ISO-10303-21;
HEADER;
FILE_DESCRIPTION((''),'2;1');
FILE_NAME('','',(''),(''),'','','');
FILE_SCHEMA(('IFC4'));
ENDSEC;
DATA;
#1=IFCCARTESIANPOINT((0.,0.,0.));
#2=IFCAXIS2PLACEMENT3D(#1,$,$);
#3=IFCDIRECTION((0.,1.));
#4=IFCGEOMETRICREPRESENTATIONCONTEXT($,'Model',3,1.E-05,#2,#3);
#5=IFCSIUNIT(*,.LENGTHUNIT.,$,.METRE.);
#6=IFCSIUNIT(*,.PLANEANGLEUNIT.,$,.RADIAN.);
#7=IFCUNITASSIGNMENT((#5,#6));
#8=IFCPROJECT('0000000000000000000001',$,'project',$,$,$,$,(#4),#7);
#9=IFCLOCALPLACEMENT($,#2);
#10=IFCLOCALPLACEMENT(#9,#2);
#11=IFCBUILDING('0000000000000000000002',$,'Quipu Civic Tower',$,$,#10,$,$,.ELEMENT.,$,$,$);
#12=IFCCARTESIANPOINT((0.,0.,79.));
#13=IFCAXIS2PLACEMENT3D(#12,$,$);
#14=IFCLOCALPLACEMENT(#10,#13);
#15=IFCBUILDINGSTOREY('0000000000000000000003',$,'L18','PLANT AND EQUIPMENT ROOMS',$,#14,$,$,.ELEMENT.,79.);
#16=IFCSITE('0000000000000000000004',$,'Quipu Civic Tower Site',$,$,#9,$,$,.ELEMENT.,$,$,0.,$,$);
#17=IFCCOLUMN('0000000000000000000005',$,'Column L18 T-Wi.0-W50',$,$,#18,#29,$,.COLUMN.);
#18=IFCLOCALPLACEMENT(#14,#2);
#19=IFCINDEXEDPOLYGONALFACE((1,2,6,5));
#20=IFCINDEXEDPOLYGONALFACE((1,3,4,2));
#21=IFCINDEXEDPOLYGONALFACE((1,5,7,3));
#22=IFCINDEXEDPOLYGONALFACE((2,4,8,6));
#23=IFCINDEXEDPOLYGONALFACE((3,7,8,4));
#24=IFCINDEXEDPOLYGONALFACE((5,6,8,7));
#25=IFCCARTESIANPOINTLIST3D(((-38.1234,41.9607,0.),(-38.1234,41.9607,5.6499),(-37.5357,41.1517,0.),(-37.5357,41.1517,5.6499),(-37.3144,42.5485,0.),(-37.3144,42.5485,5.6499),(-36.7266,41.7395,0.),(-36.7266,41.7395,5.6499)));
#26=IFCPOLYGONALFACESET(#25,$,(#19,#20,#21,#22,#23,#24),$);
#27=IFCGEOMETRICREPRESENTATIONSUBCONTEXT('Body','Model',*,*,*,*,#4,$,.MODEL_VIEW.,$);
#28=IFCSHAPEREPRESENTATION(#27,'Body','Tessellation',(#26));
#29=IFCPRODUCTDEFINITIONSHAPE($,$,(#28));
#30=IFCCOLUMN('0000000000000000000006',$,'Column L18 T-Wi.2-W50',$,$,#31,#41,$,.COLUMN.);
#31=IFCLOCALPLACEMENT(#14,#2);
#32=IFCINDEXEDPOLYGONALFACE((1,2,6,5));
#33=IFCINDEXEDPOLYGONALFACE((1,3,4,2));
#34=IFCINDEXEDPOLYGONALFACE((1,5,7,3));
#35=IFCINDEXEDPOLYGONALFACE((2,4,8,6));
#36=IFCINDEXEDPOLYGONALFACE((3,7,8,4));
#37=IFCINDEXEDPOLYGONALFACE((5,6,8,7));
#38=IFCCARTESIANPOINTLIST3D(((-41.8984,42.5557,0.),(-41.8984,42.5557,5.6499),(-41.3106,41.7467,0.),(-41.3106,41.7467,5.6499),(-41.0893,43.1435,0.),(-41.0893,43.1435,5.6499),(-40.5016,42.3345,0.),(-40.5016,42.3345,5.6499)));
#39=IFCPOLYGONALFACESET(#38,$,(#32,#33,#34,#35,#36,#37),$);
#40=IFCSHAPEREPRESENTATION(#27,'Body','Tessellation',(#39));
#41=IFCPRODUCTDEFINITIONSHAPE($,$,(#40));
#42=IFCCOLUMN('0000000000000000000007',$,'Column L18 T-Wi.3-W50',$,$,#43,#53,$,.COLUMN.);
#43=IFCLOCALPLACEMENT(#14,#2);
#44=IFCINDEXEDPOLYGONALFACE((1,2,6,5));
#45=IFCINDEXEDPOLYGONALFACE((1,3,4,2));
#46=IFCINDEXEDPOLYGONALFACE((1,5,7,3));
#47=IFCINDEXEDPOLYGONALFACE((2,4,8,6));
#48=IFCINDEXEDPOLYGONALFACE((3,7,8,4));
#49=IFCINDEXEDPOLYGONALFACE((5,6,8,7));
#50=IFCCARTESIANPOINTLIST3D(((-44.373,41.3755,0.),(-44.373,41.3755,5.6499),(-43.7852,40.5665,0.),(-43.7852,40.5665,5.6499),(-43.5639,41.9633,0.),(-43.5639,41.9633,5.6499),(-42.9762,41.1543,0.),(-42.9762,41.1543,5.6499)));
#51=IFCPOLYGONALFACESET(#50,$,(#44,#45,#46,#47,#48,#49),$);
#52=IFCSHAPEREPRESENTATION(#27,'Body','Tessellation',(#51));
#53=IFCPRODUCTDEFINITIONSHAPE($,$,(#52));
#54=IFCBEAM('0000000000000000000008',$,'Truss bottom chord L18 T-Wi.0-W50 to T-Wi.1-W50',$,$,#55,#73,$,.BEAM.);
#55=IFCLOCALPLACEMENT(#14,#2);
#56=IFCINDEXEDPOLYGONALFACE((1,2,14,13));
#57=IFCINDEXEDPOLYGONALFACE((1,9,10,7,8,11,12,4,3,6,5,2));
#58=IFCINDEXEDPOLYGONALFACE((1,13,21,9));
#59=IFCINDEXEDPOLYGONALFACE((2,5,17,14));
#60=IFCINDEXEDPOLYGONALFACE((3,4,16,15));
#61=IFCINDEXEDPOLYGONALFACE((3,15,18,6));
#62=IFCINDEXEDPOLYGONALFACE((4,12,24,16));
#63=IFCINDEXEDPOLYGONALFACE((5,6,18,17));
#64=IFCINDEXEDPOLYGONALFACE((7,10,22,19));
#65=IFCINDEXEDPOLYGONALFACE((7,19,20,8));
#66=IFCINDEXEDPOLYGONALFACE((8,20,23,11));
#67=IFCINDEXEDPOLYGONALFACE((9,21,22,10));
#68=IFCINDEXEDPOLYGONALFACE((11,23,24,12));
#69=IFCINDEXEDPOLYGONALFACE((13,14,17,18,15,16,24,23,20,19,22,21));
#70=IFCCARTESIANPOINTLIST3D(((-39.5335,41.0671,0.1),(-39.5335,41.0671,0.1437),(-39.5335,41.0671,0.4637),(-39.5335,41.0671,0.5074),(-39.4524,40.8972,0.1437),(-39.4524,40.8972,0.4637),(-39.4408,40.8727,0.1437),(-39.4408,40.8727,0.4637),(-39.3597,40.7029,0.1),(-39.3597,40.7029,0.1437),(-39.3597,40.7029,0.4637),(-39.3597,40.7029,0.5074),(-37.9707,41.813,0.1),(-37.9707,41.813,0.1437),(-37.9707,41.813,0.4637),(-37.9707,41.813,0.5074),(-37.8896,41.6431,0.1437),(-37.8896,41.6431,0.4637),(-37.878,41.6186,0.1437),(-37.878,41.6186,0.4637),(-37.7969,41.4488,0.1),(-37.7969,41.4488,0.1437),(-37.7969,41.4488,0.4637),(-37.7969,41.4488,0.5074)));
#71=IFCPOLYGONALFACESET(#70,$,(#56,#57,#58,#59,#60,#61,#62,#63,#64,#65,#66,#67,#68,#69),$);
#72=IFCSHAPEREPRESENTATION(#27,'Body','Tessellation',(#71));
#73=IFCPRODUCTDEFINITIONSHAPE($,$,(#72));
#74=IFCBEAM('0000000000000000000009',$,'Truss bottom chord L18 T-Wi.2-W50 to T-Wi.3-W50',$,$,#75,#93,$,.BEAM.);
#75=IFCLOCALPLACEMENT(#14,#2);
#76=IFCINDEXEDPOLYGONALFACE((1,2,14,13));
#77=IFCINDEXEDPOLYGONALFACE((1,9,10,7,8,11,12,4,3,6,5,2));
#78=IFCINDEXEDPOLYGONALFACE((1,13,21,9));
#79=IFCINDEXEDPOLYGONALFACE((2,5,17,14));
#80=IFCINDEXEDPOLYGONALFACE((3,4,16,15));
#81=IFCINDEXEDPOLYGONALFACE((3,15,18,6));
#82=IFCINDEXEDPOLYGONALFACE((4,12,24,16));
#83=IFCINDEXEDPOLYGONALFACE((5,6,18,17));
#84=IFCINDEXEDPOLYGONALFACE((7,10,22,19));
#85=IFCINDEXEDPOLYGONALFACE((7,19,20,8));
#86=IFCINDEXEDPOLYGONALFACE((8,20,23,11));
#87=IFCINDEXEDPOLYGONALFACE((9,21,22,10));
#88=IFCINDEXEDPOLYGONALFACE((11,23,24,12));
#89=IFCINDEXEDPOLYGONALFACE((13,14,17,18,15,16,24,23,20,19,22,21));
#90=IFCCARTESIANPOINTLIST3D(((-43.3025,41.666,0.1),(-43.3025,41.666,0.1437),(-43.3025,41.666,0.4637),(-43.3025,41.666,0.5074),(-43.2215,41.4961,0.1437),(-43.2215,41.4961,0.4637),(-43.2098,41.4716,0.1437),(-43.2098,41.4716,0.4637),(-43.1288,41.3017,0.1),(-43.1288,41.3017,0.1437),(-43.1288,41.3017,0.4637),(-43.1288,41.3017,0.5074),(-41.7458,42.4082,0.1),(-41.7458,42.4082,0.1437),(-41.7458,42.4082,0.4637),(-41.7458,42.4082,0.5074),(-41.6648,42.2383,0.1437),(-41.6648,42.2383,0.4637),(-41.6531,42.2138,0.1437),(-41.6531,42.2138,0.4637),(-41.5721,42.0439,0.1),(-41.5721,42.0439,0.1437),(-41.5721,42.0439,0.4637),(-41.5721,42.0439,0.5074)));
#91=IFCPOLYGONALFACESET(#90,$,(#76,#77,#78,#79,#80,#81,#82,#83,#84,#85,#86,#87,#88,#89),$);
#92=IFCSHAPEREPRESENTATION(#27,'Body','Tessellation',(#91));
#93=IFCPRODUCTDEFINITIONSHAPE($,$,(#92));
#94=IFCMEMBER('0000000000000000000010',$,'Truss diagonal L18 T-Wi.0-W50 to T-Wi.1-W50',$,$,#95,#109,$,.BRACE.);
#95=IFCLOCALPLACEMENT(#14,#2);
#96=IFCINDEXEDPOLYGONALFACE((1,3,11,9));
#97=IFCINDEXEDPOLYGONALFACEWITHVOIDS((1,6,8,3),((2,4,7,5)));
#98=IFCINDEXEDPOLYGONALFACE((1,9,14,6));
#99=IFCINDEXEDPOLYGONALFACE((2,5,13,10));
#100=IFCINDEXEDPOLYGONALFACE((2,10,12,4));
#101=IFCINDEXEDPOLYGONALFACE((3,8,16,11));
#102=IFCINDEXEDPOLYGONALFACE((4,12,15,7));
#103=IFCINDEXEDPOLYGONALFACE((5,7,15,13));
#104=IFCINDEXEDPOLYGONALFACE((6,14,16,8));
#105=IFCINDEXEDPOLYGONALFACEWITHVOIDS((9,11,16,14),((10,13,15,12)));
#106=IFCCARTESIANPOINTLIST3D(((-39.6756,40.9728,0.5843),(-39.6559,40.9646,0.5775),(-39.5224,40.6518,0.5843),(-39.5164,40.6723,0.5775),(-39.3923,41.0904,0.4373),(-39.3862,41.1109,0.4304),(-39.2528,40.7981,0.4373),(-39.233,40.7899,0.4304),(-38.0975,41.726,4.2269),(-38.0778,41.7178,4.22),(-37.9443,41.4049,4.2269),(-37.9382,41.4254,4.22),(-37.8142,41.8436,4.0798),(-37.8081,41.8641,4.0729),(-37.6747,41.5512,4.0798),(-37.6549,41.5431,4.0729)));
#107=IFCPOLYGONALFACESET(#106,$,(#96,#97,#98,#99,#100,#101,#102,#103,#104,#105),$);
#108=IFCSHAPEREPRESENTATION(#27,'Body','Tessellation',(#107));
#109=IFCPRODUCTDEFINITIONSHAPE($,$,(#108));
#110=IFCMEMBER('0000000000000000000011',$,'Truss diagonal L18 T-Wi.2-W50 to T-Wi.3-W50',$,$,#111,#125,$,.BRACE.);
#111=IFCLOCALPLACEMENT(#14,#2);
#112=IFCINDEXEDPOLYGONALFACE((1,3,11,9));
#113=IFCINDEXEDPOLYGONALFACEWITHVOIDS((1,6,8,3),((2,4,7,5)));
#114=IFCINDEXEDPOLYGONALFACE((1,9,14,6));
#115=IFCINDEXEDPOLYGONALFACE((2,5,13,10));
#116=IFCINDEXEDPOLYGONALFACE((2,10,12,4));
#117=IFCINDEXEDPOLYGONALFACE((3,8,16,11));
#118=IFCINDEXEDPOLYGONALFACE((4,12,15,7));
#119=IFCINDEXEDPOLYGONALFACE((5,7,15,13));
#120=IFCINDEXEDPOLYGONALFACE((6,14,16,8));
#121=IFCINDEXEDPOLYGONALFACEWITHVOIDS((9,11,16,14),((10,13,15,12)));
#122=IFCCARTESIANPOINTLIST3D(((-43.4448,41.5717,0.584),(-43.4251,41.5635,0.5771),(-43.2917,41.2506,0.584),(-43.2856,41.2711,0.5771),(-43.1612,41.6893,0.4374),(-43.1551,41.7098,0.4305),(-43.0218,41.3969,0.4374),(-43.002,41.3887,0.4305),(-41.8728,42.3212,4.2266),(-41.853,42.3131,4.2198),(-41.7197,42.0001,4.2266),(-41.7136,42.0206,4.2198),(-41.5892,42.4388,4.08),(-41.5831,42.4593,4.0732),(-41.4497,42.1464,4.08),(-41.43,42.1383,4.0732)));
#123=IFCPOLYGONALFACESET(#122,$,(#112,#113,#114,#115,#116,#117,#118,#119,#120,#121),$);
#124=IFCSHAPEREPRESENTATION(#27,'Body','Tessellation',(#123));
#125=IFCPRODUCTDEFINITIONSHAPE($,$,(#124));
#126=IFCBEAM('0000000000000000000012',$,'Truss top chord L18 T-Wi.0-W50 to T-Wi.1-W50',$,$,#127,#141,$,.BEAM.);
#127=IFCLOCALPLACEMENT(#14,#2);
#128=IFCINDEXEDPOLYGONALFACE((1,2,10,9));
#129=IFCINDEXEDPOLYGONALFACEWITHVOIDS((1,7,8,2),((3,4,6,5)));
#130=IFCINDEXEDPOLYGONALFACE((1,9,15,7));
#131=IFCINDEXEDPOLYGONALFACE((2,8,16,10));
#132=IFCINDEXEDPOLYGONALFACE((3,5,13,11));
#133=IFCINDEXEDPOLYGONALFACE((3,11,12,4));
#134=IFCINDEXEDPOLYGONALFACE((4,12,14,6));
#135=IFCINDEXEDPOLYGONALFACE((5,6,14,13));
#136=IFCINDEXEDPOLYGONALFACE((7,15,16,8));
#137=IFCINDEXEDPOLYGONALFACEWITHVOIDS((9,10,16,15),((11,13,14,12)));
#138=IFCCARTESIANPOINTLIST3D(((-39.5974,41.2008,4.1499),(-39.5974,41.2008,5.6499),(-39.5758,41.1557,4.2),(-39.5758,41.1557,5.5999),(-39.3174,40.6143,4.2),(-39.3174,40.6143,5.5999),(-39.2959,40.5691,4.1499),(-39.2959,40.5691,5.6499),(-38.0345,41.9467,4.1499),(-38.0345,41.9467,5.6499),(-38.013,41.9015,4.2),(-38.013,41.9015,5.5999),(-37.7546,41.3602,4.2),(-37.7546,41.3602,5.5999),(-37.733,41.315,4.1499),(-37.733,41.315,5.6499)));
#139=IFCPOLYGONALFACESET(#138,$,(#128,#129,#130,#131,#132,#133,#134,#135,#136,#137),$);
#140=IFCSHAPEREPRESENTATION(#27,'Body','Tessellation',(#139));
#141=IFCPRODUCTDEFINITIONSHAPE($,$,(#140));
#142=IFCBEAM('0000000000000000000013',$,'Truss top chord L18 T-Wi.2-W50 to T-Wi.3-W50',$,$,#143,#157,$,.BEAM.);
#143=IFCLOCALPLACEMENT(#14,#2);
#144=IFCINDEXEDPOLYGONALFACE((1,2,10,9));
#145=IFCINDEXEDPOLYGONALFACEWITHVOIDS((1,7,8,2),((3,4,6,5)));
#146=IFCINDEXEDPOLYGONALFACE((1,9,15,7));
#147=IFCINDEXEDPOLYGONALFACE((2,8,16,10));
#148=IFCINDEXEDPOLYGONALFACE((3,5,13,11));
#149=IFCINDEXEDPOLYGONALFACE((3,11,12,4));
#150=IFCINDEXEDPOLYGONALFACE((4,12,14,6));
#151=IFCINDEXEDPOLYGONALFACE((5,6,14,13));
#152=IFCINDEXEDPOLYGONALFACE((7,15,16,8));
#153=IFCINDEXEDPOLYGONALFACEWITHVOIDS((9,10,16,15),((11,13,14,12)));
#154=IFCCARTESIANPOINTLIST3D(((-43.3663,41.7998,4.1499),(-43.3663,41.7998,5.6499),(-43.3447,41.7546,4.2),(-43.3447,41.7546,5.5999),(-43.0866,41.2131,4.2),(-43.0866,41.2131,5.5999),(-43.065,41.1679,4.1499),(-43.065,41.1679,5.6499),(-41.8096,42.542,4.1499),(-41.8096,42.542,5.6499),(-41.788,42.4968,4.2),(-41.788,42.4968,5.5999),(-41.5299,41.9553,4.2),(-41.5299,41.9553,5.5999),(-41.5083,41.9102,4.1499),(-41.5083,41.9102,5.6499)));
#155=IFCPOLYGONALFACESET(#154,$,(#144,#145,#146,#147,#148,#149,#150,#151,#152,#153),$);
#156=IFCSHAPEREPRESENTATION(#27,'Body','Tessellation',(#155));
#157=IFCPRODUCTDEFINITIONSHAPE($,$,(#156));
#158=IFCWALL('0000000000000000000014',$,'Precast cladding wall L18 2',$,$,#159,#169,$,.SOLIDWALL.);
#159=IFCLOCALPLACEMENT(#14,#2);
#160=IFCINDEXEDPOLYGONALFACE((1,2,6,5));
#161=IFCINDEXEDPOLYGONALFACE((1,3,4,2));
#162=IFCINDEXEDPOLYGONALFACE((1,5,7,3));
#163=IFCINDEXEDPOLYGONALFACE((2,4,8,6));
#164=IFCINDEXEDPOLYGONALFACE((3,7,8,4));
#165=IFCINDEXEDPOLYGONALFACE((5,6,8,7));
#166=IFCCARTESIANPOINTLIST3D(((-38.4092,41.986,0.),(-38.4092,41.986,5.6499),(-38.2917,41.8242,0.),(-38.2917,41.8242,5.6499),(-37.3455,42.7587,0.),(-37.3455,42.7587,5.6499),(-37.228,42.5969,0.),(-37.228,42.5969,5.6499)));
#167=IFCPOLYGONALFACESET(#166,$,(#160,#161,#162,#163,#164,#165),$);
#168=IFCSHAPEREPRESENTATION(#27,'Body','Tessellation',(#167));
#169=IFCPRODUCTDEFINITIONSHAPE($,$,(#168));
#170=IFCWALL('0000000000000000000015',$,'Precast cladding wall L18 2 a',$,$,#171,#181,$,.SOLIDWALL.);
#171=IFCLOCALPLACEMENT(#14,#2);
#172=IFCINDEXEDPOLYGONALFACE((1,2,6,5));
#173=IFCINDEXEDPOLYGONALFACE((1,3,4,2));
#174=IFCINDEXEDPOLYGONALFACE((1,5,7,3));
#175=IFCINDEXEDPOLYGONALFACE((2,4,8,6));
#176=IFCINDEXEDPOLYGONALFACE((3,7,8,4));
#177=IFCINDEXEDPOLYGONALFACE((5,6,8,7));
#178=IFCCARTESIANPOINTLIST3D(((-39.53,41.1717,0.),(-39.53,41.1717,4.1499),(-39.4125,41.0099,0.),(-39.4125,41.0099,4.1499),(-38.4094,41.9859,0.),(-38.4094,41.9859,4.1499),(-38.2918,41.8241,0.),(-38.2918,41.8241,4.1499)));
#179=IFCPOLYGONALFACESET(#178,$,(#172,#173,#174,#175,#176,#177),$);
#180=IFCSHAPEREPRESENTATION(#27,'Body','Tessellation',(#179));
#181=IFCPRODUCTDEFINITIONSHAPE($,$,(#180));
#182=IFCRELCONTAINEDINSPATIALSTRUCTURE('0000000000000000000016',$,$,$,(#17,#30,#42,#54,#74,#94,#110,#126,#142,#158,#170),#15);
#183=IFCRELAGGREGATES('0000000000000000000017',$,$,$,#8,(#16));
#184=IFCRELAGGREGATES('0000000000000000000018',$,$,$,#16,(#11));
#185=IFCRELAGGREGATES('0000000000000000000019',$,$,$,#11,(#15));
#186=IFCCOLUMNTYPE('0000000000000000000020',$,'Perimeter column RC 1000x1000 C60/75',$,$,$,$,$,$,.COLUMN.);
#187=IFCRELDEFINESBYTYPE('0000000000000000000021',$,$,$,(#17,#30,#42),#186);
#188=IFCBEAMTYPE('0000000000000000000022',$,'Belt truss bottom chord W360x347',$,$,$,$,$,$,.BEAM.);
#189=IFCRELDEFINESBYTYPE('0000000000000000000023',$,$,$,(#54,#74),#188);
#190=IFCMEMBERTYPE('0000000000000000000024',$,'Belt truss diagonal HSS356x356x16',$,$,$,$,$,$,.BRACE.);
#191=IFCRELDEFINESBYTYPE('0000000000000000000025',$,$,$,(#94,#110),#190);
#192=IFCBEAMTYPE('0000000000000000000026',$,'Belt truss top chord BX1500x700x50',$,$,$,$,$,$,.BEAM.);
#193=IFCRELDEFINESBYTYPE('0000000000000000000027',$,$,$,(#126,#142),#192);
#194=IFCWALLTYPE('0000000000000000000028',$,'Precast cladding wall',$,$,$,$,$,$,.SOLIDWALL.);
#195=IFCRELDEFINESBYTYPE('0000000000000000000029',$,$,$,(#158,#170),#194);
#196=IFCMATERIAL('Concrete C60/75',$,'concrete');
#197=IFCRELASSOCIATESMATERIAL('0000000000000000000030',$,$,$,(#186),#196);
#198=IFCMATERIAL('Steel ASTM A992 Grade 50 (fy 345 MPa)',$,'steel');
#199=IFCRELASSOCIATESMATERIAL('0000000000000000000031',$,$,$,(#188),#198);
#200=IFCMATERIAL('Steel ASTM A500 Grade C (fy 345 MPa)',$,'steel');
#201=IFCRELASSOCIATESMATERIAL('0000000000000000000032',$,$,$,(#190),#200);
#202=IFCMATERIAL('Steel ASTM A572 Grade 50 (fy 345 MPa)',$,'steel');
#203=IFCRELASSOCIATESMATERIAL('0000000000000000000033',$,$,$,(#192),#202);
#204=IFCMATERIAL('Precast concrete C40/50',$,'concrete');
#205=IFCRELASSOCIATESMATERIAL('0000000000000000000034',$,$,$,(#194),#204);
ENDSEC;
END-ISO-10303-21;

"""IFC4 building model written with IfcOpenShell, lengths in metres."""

from ifc_helpers import new_model, si_unit, direction, frame, frame_2d, origin, origin_2d, place, context, subcontext, project, spatial, rectangle, hollow_rectangle, i_section, extrude, material, material_profile, profile_set, type_object, element, save


model = new_model("IFC4")

# Units and contexts
model_context = context("Model", 3, precision=1e-05, world=origin(), true_north=direction((0.0, 1.0)))
body_context = subcontext(model_context, "Body", "Model", "MODEL_VIEW")
ifc_project = project(units=[si_unit("LENGTHUNIT", "METRE"), si_unit("PLANEANGLEUNIT", "RADIAN")], contexts=[model_context])

# Site, building, storey
site_placement = place(None, origin())
site = spatial("IfcSite", under=ifc_project, at=site_placement, Name="Quipu Civic Tower Site", CompositionType="ELEMENT", RefElevation=0.0)
building_placement = place(site_placement, origin())
building = spatial("IfcBuilding", under=site, at=building_placement, Name="Quipu Civic Tower", CompositionType="ELEMENT")
storey_placement = place(building_placement, frame((0.0, 0.0, 79.0)))
storey = spatial("IfcBuildingStorey", under=building, at=storey_placement, Name="L18", Description="PLANT AND EQUIPMENT ROOMS", CompositionType="ELEMENT", Elevation=79.0)

# Columns
ifc_material_1 = material(Name="Concrete C60/75", Category="concrete")
ifc_material_profile_1 = material_profile(ifc_material_1, rectangle(XDim=1.0, YDim=1.0, at=origin_2d()), Name="RC1000x1000")
ifc_profile_set_1 = profile_set([ifc_material_profile_1], Name="Concrete C60/75")
column_type = type_object("IfcColumnType", Name="Perimeter column RC 1000x1000 C60/75", PredefinedType="COLUMN", material=ifc_profile_set_1)
for number, where, z_axis, x_axis, name in (
    (1, (-37.425, 41.8501, 0.0), (0.0, 0.0, 1.0), (-0.587785, 0.809017, 0.0), "Column L18 T-Wi.0-W50"),
    (2, (-41.2, 42.4451, 0.0), (0.0, 0.0, 1.0), (-0.587785, 0.809017, 0.0), "Column L18 T-Wi.2-W50"),
    (3, (-43.6746, 41.2649, 0.0), (0.0, 0.0, 1.0), (-0.809017, -0.587785, 0.0), "Column L18 T-Wi.3-W50"),
):
    element("IfcColumn", number, at=place(storey_placement, frame(where, z_axis=z_axis, x_axis=x_axis)), inside=storey, type_object=column_type, Name=name, PredefinedType="COLUMN", context=body_context, shape_type="SweptSolid", body=[
        extrude(rectangle(XDim=1.0, YDim=1.0, at=origin_2d()), origin(), (0.0, 0.0, 1.0), 5.6499),
    ])

# Beams
ifc_material_2 = material(Name="Steel ASTM A992 Grade 50 (fy 345 MPa)", Category="steel")
ifc_material_profile_2 = material_profile(ifc_material_2, i_section(OverallWidth=0.4036, OverallDepth=0.4075, WebThickness=0.0271, FlangeThickness=0.0437, at=origin_2d()), Name="W360x347")
ifc_profile_set_2 = profile_set([ifc_material_profile_2], Name="Steel ASTM A992 Grade 50 (fy 345 MPa)")
beam_type_1 = type_object("IfcBeamType", Name="Belt truss bottom chord W360x347", PredefinedType="BEAM", material=ifc_profile_set_2)
beam_1_placement = place(storey_placement, frame((-37.8838, 41.6309, 0.3037), z_axis=(-0.902482, -0.430727, 0.0), x_axis=(0.430727, -0.902482, 0.0)))
element("IfcBeam", 4, at=beam_1_placement, inside=storey, type_object=beam_type_1, Name="Truss bottom chord L18 T-Wi.0-W50 to T-Wi.1-W50", PredefinedType="BEAM", context=body_context, shape_type="SweptSolid", body=[
    extrude(i_section(OverallWidth=0.4036, OverallDepth=0.4075, WebThickness=0.0271, FlangeThickness=0.0437, at=origin_2d()), origin(), (0.0, 0.0, 1.0), 1.7317),
])
beam_2_placement = place(storey_placement, frame((-41.6589, 42.2261, 0.3037), z_axis=(-0.902651, -0.430373, 0.0), x_axis=(0.430373, -0.902651, 0.0)))
element("IfcBeam", 5, at=beam_2_placement, inside=storey, type_object=beam_type_1, Name="Truss bottom chord L18 T-Wi.2-W50 to T-Wi.3-W50", PredefinedType="BEAM", context=body_context, shape_type="SweptSolid", body=[
    extrude(i_section(OverallWidth=0.4036, OverallDepth=0.4075, WebThickness=0.0271, FlangeThickness=0.0437, at=origin_2d()), origin(), (0.0, 0.0, 1.0), 1.7246),
])

# Members
ifc_material_3 = material(Name="Steel ASTM A500 Grade C (fy 345 MPa)", Category="steel")
ifc_material_profile_3 = material_profile(ifc_material_3, hollow_rectangle(XDim=0.3557, YDim=0.3557, WallThickness=0.0159, at=origin_2d()), Name="HSS356x356x16")
ifc_profile_set_3 = profile_set([ifc_material_profile_3], Name="Steel ASTM A500 Grade C (fy 345 MPa)")
member_type = type_object("IfcMemberType", Name="Belt truss diagonal HSS356x356x16", PredefinedType="BRACE", material=ifc_profile_set_3)
member_1_placement = place(storey_placement, frame((-37.8762, 41.6345, 4.1499), z_axis=(-0.390571, -0.186403, -0.901503), x_axis=(0.430719, -0.902486, 0.0)))
element("IfcMember", 6, at=member_1_placement, inside=storey, type_object=member_type, Name="Truss diagonal L18 T-Wi.0-W50 to T-Wi.1-W50", PredefinedType="BRACE", context=body_context, shape_type="SweptSolid", body=[
    extrude(hollow_rectangle(XDim=0.3557, YDim=0.3557, WallThickness=0.0159, at=origin_2d()), origin(), (0.0, 0.0, 1.0), 4.0405),
])
member_2_placement = place(storey_placement, frame((-41.6514, 42.2297, 4.1499), z_axis=(-0.389355, -0.185638, -0.902187), x_axis=(0.430369, -0.902653, 0.0)))
element("IfcMember", 7, at=member_2_placement, inside=storey, type_object=member_type, Name="Truss diagonal L18 T-Wi.2-W50 to T-Wi.3-W50", PredefinedType="BRACE", context=body_context, shape_type="SweptSolid", body=[
    extrude(hollow_rectangle(XDim=0.3557, YDim=0.3557, WallThickness=0.0159, at=origin_2d()), origin(), (0.0, 0.0, 1.0), 4.0376),
])

# Beams
ifc_material_4 = material(Name="Steel ASTM A572 Grade 50 (fy 345 MPa)", Category="steel")
ifc_material_profile_4 = material_profile(ifc_material_4, hollow_rectangle(XDim=0.7, YDim=1.5, WallThickness=0.05, at=origin_2d()), Name="BX1500x700x50")
ifc_profile_set_4 = profile_set([ifc_material_profile_4], Name="Steel ASTM A572 Grade 50 (fy 345 MPa)")
beam_type_2 = type_object("IfcBeamType", Name="Belt truss top chord BX1500x700x50", PredefinedType="BEAM", material=ifc_profile_set_4)
beam_3_placement = place(storey_placement, frame((-37.8838, 41.6309, 4.8999), z_axis=(-0.902482, -0.430727, 0.0), x_axis=(0.430727, -0.902482, 0.0)))
element("IfcBeam", 8, at=beam_3_placement, inside=storey, type_object=beam_type_2, Name="Truss top chord L18 T-Wi.0-W50 to T-Wi.1-W50", PredefinedType="BEAM", context=body_context, shape_type="SweptSolid", body=[
    extrude(hollow_rectangle(XDim=0.7, YDim=1.5, WallThickness=0.05, at=origin_2d()), origin(), (0.0, 0.0, 1.0), 1.7317),
])
beam_4_placement = place(storey_placement, frame((-41.6589, 42.2261, 4.8999), z_axis=(-0.902651, -0.430373, 0.0), x_axis=(0.430373, -0.902651, 0.0)))
element("IfcBeam", 9, at=beam_4_placement, inside=storey, type_object=beam_type_2, Name="Truss top chord L18 T-Wi.2-W50 to T-Wi.3-W50", PredefinedType="BEAM", context=body_context, shape_type="SweptSolid", body=[
    extrude(hollow_rectangle(XDim=0.7, YDim=1.5, WallThickness=0.05, at=origin_2d()), origin(), (0.0, 0.0, 1.0), 1.7246),
])

# Walls
ifc_material_5 = material(Name="Precast concrete C40/50", Category="concrete")
wall_type = type_object("IfcWallType", Name="Precast cladding wall", PredefinedType="SOLIDWALL", material=ifc_material_5)
wall_1_placement = place(storey_placement, frame((-37.2869, 42.6777, 0.0), z_axis=(0.0, 0.0, 1.0), x_axis=(-0.809065, -0.587719, 0.0)))
element("IfcWall", 10, at=wall_1_placement, inside=storey, type_object=wall_type, Name="Precast cladding wall L18 2", PredefinedType="SOLIDWALL", context=body_context, shape_type="SweptSolid", body=[
    extrude(rectangle(XDim=1.3147, YDim=0.2, at=frame_2d((0.6572, 0.0))), origin(), (0.0, 0.0, 1.0), 5.6499),
])
wall_2_placement = place(storey_placement, frame((-38.3506, 41.905, 0.0), z_axis=(0.0, 0.0, 1.0), x_axis=(-0.809003, -0.587805, 0.0)))
element("IfcWall", 11, at=wall_2_placement, inside=storey, type_object=wall_type, Name="Precast cladding wall L18 2 a", PredefinedType="SOLIDWALL", context=body_context, shape_type="SweptSolid", body=[
    extrude(rectangle(XDim=1.3853, YDim=0.2, at=frame_2d((0.6926, 0.0))), origin(), (0.0, 0.0, 1.0), 4.1499),
])

save(model, "model.ifc")
